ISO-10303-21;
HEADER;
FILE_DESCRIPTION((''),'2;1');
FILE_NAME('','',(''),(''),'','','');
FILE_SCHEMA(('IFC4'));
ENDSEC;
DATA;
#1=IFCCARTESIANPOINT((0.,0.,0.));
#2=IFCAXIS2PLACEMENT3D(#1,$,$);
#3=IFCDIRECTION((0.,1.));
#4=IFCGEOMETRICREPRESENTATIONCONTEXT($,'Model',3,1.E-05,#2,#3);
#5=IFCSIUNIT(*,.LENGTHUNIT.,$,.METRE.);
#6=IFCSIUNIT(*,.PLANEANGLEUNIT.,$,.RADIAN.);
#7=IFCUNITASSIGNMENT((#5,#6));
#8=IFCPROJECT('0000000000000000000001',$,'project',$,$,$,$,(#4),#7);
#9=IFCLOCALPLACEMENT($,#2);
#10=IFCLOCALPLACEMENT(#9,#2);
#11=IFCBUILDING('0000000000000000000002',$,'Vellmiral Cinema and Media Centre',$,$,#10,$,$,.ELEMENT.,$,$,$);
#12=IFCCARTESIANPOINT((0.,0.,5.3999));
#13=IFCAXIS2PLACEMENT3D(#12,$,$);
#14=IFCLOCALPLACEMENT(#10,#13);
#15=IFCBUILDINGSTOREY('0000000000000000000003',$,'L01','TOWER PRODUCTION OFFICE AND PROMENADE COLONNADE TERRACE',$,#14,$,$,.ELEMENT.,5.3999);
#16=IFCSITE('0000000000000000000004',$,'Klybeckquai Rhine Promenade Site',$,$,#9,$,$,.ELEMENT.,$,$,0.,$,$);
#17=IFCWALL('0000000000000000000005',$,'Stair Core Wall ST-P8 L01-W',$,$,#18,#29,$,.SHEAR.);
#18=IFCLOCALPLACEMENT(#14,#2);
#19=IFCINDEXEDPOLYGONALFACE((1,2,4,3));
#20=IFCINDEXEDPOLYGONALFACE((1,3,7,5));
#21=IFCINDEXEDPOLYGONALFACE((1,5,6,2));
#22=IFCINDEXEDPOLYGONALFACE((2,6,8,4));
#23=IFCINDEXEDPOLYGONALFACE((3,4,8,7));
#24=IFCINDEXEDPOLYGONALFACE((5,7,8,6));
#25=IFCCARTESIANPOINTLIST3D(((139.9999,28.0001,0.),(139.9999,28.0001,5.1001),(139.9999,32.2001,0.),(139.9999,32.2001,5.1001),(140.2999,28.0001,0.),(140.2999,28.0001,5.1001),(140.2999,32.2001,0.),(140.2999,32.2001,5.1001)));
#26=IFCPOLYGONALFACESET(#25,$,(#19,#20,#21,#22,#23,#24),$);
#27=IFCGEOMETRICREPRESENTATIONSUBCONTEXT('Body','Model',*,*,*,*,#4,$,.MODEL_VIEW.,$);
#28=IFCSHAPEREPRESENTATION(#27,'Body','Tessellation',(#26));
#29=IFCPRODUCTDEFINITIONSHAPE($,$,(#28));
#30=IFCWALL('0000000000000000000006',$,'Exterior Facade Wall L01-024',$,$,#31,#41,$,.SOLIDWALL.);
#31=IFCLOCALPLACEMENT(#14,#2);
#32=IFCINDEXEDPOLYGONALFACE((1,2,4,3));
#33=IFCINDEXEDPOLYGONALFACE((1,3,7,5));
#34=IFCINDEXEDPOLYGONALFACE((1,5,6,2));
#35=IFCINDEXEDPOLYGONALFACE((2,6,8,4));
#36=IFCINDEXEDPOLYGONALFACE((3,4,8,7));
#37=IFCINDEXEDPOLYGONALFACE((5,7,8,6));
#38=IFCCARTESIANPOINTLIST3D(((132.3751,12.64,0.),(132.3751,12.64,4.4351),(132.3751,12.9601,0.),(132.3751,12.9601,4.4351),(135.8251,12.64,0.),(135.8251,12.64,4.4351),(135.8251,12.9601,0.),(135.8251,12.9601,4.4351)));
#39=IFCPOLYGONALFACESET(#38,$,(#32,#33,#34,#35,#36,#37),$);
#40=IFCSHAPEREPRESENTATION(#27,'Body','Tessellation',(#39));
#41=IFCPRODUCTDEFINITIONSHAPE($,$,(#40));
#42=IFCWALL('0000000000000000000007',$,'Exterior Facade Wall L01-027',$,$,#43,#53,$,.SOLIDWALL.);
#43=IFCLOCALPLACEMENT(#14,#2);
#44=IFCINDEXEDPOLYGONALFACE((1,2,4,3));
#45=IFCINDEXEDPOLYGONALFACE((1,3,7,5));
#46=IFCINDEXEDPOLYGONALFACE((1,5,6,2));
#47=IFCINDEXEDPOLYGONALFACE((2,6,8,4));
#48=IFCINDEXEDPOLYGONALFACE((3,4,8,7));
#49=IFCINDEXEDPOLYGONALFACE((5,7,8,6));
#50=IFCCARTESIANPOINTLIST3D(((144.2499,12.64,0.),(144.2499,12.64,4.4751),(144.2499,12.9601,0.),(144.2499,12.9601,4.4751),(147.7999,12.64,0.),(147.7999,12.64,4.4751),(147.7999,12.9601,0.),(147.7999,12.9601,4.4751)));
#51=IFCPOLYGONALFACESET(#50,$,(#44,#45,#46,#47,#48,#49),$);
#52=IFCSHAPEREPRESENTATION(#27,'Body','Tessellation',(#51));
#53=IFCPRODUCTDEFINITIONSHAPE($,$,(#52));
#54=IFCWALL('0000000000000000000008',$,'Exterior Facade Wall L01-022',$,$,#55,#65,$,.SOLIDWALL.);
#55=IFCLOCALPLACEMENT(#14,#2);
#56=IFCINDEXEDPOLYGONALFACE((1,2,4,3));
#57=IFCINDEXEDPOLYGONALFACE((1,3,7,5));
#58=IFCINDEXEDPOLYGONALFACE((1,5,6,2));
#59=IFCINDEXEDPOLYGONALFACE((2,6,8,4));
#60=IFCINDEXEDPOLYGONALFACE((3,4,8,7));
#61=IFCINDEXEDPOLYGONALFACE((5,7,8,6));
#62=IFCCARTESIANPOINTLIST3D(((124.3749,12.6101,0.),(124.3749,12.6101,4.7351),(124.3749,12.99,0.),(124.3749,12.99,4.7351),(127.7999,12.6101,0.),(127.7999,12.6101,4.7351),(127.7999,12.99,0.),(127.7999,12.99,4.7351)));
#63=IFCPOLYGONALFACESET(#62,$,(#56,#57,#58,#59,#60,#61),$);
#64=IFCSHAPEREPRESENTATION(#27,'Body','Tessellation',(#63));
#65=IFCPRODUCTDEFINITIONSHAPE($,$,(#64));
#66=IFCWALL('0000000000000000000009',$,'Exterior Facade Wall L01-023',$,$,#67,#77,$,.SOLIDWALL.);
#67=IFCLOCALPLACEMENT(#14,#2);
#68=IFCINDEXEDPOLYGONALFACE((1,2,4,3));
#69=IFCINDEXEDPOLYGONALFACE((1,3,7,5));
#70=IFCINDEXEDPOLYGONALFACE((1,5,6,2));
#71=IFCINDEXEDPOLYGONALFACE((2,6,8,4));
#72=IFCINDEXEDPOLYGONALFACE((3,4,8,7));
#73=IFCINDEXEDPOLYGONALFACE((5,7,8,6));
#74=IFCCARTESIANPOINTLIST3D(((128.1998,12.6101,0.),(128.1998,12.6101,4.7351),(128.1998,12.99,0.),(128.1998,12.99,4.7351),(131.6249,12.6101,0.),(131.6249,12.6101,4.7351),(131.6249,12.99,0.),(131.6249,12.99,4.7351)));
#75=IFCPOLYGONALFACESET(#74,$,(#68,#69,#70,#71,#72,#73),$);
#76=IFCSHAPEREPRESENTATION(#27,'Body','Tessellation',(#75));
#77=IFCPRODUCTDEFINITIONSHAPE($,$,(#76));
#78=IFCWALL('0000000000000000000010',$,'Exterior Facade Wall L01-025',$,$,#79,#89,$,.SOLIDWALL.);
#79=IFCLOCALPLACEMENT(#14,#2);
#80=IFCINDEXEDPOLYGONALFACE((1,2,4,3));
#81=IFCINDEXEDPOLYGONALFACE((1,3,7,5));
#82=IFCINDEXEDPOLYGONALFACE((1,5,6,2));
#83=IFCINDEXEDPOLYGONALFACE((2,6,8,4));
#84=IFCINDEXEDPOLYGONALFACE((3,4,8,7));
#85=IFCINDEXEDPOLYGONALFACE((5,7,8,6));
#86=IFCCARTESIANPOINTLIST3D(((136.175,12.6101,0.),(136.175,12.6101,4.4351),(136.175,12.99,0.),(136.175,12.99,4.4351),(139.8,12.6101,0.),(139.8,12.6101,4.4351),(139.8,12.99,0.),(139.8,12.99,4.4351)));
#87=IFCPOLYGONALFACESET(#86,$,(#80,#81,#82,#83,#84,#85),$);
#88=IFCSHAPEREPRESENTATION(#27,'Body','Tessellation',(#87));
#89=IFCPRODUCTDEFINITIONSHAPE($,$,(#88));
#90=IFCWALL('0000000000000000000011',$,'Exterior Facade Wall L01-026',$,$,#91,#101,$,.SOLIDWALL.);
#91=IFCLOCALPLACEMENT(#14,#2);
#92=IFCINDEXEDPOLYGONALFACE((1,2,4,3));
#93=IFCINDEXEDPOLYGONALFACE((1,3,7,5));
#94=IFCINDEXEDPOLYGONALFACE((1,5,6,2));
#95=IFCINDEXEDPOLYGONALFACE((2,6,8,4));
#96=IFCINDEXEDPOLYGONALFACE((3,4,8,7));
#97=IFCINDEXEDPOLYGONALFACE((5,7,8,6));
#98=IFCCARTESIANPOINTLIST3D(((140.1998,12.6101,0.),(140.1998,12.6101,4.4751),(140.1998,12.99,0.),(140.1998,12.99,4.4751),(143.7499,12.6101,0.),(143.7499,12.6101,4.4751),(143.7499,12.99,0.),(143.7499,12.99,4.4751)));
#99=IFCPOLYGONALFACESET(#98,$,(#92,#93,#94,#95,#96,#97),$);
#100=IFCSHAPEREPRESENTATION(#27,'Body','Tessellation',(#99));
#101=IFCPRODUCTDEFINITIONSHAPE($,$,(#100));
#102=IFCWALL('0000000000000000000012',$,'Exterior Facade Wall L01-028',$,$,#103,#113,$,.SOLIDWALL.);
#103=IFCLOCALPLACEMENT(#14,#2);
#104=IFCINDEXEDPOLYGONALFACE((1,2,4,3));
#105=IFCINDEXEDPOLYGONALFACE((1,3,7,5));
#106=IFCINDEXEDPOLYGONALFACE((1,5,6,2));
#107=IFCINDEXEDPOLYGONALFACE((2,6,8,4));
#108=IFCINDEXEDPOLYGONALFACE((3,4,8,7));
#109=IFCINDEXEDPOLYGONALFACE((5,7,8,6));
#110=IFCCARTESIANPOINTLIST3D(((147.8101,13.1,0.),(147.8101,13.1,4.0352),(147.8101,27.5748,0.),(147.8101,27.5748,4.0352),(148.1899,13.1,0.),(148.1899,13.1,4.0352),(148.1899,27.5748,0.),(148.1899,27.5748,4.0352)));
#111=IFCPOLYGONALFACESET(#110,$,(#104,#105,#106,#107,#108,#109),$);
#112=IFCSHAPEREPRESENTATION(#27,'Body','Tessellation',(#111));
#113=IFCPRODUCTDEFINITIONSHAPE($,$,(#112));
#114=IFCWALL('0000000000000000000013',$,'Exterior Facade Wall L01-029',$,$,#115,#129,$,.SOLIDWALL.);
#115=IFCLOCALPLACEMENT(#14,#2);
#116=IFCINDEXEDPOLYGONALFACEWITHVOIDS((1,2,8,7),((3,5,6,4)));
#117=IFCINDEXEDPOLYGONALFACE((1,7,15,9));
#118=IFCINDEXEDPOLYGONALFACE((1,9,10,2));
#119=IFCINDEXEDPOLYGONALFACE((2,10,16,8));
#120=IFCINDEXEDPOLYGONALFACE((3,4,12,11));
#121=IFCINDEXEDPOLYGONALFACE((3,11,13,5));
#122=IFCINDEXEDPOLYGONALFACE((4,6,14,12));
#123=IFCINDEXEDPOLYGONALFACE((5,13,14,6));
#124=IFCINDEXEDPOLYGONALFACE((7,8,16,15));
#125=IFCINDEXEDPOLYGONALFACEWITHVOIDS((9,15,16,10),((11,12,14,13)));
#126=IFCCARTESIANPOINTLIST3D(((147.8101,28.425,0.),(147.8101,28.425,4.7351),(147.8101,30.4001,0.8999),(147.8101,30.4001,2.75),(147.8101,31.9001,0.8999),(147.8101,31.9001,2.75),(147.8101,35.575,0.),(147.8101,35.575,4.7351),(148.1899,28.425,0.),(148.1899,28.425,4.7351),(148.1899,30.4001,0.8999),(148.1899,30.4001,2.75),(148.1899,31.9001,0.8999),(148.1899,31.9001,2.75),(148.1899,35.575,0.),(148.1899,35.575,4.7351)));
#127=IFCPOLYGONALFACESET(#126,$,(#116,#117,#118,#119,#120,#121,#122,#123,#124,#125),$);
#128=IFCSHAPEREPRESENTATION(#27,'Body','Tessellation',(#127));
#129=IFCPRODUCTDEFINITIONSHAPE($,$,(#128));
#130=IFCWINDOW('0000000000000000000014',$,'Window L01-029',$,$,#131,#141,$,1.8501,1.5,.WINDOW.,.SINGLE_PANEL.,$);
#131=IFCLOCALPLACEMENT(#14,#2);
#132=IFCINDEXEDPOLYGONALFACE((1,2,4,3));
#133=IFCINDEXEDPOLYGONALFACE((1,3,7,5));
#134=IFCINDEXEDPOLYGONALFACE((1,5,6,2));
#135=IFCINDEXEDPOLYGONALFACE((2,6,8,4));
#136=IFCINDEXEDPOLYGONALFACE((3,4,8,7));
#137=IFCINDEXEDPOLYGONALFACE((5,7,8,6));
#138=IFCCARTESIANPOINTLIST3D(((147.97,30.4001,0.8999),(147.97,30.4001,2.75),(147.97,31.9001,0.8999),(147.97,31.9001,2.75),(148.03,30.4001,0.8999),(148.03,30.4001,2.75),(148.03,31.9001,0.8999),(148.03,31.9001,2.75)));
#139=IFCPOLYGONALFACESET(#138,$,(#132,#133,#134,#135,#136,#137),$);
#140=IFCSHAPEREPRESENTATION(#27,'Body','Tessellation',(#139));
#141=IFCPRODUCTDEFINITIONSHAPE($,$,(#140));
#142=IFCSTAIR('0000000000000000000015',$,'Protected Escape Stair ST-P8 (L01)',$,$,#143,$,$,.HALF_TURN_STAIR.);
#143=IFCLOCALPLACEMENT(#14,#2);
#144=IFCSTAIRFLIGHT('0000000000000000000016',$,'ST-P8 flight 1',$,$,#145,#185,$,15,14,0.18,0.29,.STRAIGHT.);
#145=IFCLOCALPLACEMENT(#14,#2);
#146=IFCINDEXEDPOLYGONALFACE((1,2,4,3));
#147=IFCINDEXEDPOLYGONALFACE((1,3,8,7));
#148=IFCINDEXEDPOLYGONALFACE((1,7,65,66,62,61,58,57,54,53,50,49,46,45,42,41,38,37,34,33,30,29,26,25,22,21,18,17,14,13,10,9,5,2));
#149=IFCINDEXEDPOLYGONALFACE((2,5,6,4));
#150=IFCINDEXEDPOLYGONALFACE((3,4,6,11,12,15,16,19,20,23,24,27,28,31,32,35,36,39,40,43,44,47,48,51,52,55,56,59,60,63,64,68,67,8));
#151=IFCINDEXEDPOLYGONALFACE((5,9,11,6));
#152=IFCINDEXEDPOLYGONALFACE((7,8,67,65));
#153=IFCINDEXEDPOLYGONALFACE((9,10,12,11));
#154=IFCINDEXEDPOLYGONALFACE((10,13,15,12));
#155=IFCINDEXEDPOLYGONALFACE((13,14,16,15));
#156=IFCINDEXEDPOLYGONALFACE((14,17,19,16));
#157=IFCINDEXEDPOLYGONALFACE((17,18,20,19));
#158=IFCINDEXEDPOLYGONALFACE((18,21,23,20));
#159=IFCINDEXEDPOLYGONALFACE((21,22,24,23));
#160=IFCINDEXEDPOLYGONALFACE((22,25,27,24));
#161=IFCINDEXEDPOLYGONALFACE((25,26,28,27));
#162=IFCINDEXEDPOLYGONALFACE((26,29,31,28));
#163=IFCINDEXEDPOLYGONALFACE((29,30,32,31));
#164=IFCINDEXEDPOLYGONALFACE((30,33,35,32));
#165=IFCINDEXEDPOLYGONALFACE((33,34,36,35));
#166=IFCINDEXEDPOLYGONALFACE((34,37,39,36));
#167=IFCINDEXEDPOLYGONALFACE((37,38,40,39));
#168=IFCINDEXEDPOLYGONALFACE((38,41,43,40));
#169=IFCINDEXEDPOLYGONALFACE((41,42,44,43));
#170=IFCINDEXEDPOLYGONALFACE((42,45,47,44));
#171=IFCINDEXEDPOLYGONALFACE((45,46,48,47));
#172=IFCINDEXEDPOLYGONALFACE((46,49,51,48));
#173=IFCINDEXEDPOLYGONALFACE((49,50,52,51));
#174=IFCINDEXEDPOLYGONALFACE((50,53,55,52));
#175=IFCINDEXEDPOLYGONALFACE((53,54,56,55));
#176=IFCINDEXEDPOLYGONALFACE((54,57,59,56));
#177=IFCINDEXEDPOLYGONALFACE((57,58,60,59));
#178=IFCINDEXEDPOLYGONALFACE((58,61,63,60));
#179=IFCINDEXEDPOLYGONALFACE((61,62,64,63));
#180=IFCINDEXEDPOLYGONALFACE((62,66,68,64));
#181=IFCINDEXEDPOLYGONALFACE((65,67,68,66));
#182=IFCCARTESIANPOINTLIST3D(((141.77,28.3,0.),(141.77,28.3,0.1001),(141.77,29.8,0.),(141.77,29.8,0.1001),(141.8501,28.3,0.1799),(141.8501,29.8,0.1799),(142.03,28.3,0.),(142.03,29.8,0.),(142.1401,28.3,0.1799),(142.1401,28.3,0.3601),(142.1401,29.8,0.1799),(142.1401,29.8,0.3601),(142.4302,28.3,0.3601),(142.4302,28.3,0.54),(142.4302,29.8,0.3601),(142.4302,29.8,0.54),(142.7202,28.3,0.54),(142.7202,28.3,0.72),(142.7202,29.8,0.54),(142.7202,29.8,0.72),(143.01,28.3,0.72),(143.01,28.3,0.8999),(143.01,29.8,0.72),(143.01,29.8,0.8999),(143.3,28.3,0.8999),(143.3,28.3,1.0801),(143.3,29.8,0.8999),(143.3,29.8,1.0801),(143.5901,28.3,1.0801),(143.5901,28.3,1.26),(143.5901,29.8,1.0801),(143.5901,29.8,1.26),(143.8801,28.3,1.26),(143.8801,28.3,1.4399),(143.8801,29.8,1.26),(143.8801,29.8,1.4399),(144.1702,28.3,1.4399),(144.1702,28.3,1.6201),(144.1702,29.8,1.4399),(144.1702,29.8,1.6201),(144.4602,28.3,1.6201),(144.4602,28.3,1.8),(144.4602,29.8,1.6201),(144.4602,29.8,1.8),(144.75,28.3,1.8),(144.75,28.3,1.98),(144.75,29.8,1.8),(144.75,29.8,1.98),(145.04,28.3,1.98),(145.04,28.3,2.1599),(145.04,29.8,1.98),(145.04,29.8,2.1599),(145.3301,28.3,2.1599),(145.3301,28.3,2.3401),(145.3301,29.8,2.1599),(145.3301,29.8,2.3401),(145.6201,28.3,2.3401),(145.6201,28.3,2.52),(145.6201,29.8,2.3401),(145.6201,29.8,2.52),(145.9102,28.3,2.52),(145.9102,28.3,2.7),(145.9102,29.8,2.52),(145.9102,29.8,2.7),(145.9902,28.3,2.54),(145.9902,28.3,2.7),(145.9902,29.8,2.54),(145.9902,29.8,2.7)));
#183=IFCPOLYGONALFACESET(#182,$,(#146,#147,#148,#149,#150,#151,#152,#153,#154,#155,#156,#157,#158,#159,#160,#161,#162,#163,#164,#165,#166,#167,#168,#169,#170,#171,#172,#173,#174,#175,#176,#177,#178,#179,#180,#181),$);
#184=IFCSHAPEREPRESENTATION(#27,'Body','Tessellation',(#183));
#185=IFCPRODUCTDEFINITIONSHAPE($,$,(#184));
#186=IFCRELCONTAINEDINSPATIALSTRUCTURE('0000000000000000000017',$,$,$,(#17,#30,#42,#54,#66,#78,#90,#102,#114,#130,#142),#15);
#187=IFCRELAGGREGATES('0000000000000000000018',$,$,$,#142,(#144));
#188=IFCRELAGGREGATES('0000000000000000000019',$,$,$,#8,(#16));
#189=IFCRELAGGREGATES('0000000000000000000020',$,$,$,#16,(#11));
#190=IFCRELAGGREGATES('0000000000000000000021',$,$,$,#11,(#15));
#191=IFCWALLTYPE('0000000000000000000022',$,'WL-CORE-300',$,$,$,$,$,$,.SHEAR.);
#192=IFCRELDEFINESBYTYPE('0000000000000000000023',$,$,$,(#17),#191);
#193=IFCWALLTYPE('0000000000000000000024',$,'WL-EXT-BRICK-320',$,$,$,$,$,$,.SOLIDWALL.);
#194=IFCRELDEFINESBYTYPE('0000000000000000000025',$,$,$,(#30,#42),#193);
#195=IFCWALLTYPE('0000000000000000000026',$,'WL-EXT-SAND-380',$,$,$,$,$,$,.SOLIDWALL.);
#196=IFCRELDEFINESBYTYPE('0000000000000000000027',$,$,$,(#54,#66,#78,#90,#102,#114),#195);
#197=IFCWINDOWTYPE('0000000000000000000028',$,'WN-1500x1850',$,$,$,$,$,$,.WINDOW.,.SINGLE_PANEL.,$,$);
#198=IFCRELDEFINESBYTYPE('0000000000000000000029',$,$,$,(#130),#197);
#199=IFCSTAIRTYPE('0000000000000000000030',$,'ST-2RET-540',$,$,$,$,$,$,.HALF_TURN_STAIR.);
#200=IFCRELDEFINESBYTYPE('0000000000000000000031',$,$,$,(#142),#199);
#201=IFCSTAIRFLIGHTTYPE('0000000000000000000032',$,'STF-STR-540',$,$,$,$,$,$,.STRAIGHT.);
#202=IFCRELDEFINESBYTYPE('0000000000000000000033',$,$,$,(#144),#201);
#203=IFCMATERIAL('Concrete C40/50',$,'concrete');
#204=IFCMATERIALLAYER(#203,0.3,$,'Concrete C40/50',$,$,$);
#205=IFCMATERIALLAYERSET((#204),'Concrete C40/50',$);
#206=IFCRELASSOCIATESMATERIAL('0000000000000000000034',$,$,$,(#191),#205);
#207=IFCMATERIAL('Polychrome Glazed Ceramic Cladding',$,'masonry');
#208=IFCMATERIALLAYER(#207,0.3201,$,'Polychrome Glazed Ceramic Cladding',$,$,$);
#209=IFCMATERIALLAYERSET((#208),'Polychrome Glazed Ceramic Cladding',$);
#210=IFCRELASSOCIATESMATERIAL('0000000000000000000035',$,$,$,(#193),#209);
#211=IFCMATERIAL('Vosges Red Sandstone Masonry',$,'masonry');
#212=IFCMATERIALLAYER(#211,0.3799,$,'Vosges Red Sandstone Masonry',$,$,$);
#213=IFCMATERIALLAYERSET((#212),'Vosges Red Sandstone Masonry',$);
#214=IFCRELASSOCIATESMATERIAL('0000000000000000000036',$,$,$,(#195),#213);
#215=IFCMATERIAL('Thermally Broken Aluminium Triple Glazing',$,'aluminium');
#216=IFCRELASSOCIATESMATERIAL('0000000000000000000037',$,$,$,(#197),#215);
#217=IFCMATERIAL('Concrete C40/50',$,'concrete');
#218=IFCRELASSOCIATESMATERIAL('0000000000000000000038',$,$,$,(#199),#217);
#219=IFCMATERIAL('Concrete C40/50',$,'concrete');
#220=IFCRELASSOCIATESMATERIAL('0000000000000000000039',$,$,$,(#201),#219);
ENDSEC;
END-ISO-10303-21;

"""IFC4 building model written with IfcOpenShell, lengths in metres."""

from ifc_helpers import new_model, si_unit, direction, frame, frame_2d, origin, place, context, subcontext, project, spatial, polyline, rectangle, outline, extrude, material, layer, layer_set, type_object, element, fill, aggregate, save


model = new_model("IFC4")

# Units and contexts
model_context = context("Model", 3, precision=1e-05, world=origin(), true_north=direction((0.0, 1.0)))
body_context = subcontext(model_context, "Body", "Model", "MODEL_VIEW")
ifc_project = project(units=[si_unit("LENGTHUNIT", "METRE"), si_unit("PLANEANGLEUNIT", "RADIAN")], contexts=[model_context])

# Site, building, storey
site_placement = place(None, origin())
site = spatial("IfcSite", under=ifc_project, at=site_placement, Name="Klybeckquai Rhine Promenade Site", CompositionType="ELEMENT", RefElevation=0.0)
building_placement = place(site_placement, origin())
building = spatial("IfcBuilding", under=site, at=building_placement, Name="Vellmiral Cinema and Media Centre", CompositionType="ELEMENT")
storey_placement = place(building_placement, frame((0.0, 0.0, 5.3999)))
storey = spatial("IfcBuildingStorey", under=building, at=storey_placement, Name="L01", Description="TOWER PRODUCTION OFFICE AND PROMENADE COLONNADE TERRACE", CompositionType="ELEMENT", Elevation=5.3999)

# Walls
ifc_material_1 = material(Name="Concrete C40/50", Category="concrete")
ifc_layer_1 = layer(ifc_material_1, 0.3, Name="Concrete C40/50")
ifc_layer_set_1 = layer_set([ifc_layer_1], Name="Concrete C40/50")
wall_type_1 = type_object("IfcWallType", Name="WL-CORE-300", PredefinedType="SHEAR", material=ifc_layer_set_1)
wall_1_placement = place(storey_placement, frame((140.1499, 28.0, 0.0), z_axis=(0.0, 0.0, 1.0), x_axis=(0.0, 1.0, 0.0)))
element("IfcWall", 1, at=wall_1_placement, inside=storey, type_object=wall_type_1, Name="Stair Core Wall ST-P8 L01-W", PredefinedType="SHEAR", context=body_context, shape_type="SweptSolid", body=[
    extrude(rectangle(XDim=4.2, YDim=0.3, at=frame_2d((2.1001, 0.0))), origin(), (0.0, 0.0, 1.0), 5.1001),
])
ifc_material_2 = material(Name="Polychrome Glazed Ceramic Cladding", Category="masonry")
ifc_layer_2 = layer(ifc_material_2, 0.3201, Name="Polychrome Glazed Ceramic Cladding")
ifc_layer_set_2 = layer_set([ifc_layer_2], Name="Polychrome Glazed Ceramic Cladding")
wall_type_2 = type_object("IfcWallType", Name="WL-EXT-BRICK-320", PredefinedType="SOLIDWALL", material=ifc_layer_set_2)
wall_2_placement = place(storey_placement, frame((132.375, 12.8, 0.0), z_axis=(0.0, 0.0, 1.0), x_axis=(1.0, 0.0, 0.0)))
element("IfcWall", 2, at=wall_2_placement, inside=storey, type_object=wall_type_2, Name="Exterior Facade Wall L01-024", PredefinedType="SOLIDWALL", context=body_context, shape_type="SweptSolid", body=[
    extrude(rectangle(XDim=3.45, YDim=0.3201, at=frame_2d((1.7251, 0.0))), origin(), (0.0, 0.0, 1.0), 4.4351),
])
wall_3_placement = place(storey_placement, frame((144.25, 12.8, 0.0), z_axis=(0.0, 0.0, 1.0), x_axis=(1.0, 0.0, 0.0)))
element("IfcWall", 3, at=wall_3_placement, inside=storey, type_object=wall_type_2, Name="Exterior Facade Wall L01-027", PredefinedType="SOLIDWALL", context=body_context, shape_type="SweptSolid", body=[
    extrude(rectangle(XDim=3.55, YDim=0.3201, at=frame_2d((1.7749, 0.0))), origin(), (0.0, 0.0, 1.0), 4.4751),
])
ifc_material_3 = material(Name="Vosges Red Sandstone Masonry", Category="masonry")
ifc_layer_3 = layer(ifc_material_3, 0.3799, Name="Vosges Red Sandstone Masonry")
ifc_layer_set_3 = layer_set([ifc_layer_3], Name="Vosges Red Sandstone Masonry")
wall_type_3 = type_object("IfcWallType", Name="WL-EXT-SAND-380", PredefinedType="SOLIDWALL", material=ifc_layer_set_3)
for number, where, z_axis, x_axis, name in (
    (4, (124.375, 12.8, 0.0), (0.0, 0.0, 1.0), (1.0, 0.0, 0.0), "Exterior Facade Wall L01-022"),
    (5, (128.2, 12.8, 0.0), (0.0, 0.0, 1.0), (1.0, 0.0, 0.0), "Exterior Facade Wall L01-023"),
):
    element("IfcWall", number, at=place(storey_placement, frame(where, z_axis=z_axis, x_axis=x_axis)), inside=storey, type_object=wall_type_3, Name=name, PredefinedType="SOLIDWALL", context=body_context, shape_type="SweptSolid", body=[
        extrude(rectangle(XDim=3.425, YDim=0.3799, at=frame_2d((1.7124, 0.0))), origin(), (0.0, 0.0, 1.0), 4.7351),
    ])
wall_4_placement = place(storey_placement, frame((136.175, 12.8, 0.0), z_axis=(0.0, 0.0, 1.0), x_axis=(1.0, 0.0, 0.0)))
element("IfcWall", 6, at=wall_4_placement, inside=storey, type_object=wall_type_3, Name="Exterior Facade Wall L01-025", PredefinedType="SOLIDWALL", context=body_context, shape_type="SweptSolid", body=[
    extrude(rectangle(XDim=3.625, YDim=0.3799, at=frame_2d((1.8125, 0.0))), origin(), (0.0, 0.0, 1.0), 4.4351),
])
wall_5_placement = place(storey_placement, frame((140.2, 12.8, 0.0), z_axis=(0.0, 0.0, 1.0), x_axis=(1.0, 0.0, 0.0)))
element("IfcWall", 7, at=wall_5_placement, inside=storey, type_object=wall_type_3, Name="Exterior Facade Wall L01-026", PredefinedType="SOLIDWALL", context=body_context, shape_type="SweptSolid", body=[
    extrude(rectangle(XDim=3.55, YDim=0.3799, at=frame_2d((1.7749, 0.0))), origin(), (0.0, 0.0, 1.0), 4.4751),
])
wall_6_placement = place(storey_placement, frame((148.0, 13.1001, 0.0), z_axis=(0.0, 0.0, 1.0), x_axis=(0.0, 1.0, 0.0)))
element("IfcWall", 8, at=wall_6_placement, inside=storey, type_object=wall_type_3, Name="Exterior Facade Wall L01-028", PredefinedType="SOLIDWALL", context=body_context, shape_type="SweptSolid", body=[
    extrude(rectangle(XDim=14.4749, YDim=0.3799, at=frame_2d((7.2373, 0.0))), origin(), (0.0, 0.0, 1.0), 4.0352),
])

# Wall, opening, window
wall_7_placement = place(storey_placement, frame((148.0, 28.425, 0.0), z_axis=(0.0, 0.0, 1.0), x_axis=(0.0, 1.0, 0.0)))
wall_7 = element("IfcWall", 9, at=wall_7_placement, inside=storey, type_object=wall_type_3, Name="Exterior Facade Wall L01-029", PredefinedType="SOLIDWALL", context=body_context, shape_type="SweptSolid", body=[
    extrude(rectangle(XDim=7.1499, YDim=0.3799, at=frame_2d((3.575, 0.0))), origin(), (0.0, 0.0, 1.0), 4.7351),
])
opening_placement = place(wall_7_placement, frame((1.9751, 0.0, 0.8999)))
opening = element("IfcOpeningElement", 10, at=opening_placement, cuts=wall_7, PredefinedType="OPENING", context=body_context, shape_type="SweptSolid", body=[
    extrude(rectangle(XDim=1.5, YDim=1.8501, at=frame_2d((0.75, 0.925))), frame((0.0, 0.2019, 0.0), z_axis=(0.0, -1.0, 0.0), x_axis=(1.0, 0.0, 0.0)), (0.0, 0.0, 1.0), 0.4038),
])
ifc_material_4 = material(Name="Thermally Broken Aluminium Triple Glazing", Category="aluminium")
window_type = type_object("IfcWindowType", Name="WN-1500x1850", PartitioningType="SINGLE_PANEL", PredefinedType="WINDOW", material=ifc_material_4)
window_placement = place(opening_placement, origin())
window = element("IfcWindow", 11, at=window_placement, inside=storey, type_object=window_type, Name="Window L01-029", OverallHeight=1.8501, OverallWidth=1.5, PartitioningType="SINGLE_PANEL", PredefinedType="WINDOW", context=body_context, shape_type="SweptSolid", body=[
    extrude(rectangle(XDim=1.5, YDim=1.8501, at=frame_2d((0.75, 0.925))), frame((0.0, 0.03, 0.0), z_axis=(0.0, -1.0, 0.0), x_axis=(1.0, 0.0, 0.0)), (0.0, 0.0, 1.0), 0.0601),
])
fill(opening, window)

# Stair, stair flight
ifc_material_5 = material(Name="Concrete C40/50", Category="concrete")
stair_type = type_object("IfcStairType", Name="ST-2RET-540", PredefinedType="HALF_TURN_STAIR", material=ifc_material_5)
stair_placement = place(storey_placement, origin())
stair = element("IfcStair", 12, at=stair_placement, inside=storey, type_object=stair_type, Name="Protected Escape Stair ST-P8 (L01)", PredefinedType="HALF_TURN_STAIR")
ifc_material_6 = material(Name="Concrete C40/50", Category="concrete")
stair_flight_type = type_object("IfcStairFlightType", Name="STF-STR-540", PredefinedType="STRAIGHT", material=ifc_material_6)
stair_flight_placement = place(storey_placement, frame((141.8501, 29.05, 0.0), z_axis=(0.0, 0.0, 1.0), x_axis=(1.0, 0.0, 0.0)))
stair_flight = element("IfcStairFlight", 13, at=stair_flight_placement, type_object=stair_flight_type, Name="ST-P8 flight 1", NumberOfRisers=15, NumberOfTreads=14, PredefinedType="STRAIGHT", RiserHeight=0.18, TreadLength=0.29, context=body_context, shape_type="SweptSolid", body=[
    extrude(outline(polyline([(-0.0801, 0.0), (-0.0801, 0.1001), (0.0, 0.1799), (0.29, 0.1799), (0.29, 0.3601), (0.5801, 0.3601), (0.5801, 0.54), (0.8701, 0.54), (0.8701, 0.72), (1.1599, 0.72), (1.1599, 0.8999), (1.45, 0.8999), (1.45, 1.0801), (1.74, 1.0801), (1.74, 1.26), (2.03, 1.26), (2.03, 1.4399), (2.3201, 1.4399), (2.3201, 1.6201), (2.6101, 1.6201), (2.6101, 1.8), (2.8999, 1.8), (2.8999, 1.98), (3.1899, 1.98), (3.1899, 2.1599), (3.48, 2.1599), (3.48, 2.3401), (3.77, 2.3401), (3.77, 2.52), (4.0601, 2.52), (4.0601, 2.7), (4.1401, 2.7), (4.1401, 2.54), (0.1799, 0.0), (-0.0801, 0.0)])), frame((0.0, 0.75, 0.0), z_axis=(0.0, -1.0, 0.0), x_axis=(1.0, 0.0, 0.0)), (0.0, 0.0, 1.0), 1.5),
])
aggregate(stair, [stair_flight])

save(model, "model.ifc")
